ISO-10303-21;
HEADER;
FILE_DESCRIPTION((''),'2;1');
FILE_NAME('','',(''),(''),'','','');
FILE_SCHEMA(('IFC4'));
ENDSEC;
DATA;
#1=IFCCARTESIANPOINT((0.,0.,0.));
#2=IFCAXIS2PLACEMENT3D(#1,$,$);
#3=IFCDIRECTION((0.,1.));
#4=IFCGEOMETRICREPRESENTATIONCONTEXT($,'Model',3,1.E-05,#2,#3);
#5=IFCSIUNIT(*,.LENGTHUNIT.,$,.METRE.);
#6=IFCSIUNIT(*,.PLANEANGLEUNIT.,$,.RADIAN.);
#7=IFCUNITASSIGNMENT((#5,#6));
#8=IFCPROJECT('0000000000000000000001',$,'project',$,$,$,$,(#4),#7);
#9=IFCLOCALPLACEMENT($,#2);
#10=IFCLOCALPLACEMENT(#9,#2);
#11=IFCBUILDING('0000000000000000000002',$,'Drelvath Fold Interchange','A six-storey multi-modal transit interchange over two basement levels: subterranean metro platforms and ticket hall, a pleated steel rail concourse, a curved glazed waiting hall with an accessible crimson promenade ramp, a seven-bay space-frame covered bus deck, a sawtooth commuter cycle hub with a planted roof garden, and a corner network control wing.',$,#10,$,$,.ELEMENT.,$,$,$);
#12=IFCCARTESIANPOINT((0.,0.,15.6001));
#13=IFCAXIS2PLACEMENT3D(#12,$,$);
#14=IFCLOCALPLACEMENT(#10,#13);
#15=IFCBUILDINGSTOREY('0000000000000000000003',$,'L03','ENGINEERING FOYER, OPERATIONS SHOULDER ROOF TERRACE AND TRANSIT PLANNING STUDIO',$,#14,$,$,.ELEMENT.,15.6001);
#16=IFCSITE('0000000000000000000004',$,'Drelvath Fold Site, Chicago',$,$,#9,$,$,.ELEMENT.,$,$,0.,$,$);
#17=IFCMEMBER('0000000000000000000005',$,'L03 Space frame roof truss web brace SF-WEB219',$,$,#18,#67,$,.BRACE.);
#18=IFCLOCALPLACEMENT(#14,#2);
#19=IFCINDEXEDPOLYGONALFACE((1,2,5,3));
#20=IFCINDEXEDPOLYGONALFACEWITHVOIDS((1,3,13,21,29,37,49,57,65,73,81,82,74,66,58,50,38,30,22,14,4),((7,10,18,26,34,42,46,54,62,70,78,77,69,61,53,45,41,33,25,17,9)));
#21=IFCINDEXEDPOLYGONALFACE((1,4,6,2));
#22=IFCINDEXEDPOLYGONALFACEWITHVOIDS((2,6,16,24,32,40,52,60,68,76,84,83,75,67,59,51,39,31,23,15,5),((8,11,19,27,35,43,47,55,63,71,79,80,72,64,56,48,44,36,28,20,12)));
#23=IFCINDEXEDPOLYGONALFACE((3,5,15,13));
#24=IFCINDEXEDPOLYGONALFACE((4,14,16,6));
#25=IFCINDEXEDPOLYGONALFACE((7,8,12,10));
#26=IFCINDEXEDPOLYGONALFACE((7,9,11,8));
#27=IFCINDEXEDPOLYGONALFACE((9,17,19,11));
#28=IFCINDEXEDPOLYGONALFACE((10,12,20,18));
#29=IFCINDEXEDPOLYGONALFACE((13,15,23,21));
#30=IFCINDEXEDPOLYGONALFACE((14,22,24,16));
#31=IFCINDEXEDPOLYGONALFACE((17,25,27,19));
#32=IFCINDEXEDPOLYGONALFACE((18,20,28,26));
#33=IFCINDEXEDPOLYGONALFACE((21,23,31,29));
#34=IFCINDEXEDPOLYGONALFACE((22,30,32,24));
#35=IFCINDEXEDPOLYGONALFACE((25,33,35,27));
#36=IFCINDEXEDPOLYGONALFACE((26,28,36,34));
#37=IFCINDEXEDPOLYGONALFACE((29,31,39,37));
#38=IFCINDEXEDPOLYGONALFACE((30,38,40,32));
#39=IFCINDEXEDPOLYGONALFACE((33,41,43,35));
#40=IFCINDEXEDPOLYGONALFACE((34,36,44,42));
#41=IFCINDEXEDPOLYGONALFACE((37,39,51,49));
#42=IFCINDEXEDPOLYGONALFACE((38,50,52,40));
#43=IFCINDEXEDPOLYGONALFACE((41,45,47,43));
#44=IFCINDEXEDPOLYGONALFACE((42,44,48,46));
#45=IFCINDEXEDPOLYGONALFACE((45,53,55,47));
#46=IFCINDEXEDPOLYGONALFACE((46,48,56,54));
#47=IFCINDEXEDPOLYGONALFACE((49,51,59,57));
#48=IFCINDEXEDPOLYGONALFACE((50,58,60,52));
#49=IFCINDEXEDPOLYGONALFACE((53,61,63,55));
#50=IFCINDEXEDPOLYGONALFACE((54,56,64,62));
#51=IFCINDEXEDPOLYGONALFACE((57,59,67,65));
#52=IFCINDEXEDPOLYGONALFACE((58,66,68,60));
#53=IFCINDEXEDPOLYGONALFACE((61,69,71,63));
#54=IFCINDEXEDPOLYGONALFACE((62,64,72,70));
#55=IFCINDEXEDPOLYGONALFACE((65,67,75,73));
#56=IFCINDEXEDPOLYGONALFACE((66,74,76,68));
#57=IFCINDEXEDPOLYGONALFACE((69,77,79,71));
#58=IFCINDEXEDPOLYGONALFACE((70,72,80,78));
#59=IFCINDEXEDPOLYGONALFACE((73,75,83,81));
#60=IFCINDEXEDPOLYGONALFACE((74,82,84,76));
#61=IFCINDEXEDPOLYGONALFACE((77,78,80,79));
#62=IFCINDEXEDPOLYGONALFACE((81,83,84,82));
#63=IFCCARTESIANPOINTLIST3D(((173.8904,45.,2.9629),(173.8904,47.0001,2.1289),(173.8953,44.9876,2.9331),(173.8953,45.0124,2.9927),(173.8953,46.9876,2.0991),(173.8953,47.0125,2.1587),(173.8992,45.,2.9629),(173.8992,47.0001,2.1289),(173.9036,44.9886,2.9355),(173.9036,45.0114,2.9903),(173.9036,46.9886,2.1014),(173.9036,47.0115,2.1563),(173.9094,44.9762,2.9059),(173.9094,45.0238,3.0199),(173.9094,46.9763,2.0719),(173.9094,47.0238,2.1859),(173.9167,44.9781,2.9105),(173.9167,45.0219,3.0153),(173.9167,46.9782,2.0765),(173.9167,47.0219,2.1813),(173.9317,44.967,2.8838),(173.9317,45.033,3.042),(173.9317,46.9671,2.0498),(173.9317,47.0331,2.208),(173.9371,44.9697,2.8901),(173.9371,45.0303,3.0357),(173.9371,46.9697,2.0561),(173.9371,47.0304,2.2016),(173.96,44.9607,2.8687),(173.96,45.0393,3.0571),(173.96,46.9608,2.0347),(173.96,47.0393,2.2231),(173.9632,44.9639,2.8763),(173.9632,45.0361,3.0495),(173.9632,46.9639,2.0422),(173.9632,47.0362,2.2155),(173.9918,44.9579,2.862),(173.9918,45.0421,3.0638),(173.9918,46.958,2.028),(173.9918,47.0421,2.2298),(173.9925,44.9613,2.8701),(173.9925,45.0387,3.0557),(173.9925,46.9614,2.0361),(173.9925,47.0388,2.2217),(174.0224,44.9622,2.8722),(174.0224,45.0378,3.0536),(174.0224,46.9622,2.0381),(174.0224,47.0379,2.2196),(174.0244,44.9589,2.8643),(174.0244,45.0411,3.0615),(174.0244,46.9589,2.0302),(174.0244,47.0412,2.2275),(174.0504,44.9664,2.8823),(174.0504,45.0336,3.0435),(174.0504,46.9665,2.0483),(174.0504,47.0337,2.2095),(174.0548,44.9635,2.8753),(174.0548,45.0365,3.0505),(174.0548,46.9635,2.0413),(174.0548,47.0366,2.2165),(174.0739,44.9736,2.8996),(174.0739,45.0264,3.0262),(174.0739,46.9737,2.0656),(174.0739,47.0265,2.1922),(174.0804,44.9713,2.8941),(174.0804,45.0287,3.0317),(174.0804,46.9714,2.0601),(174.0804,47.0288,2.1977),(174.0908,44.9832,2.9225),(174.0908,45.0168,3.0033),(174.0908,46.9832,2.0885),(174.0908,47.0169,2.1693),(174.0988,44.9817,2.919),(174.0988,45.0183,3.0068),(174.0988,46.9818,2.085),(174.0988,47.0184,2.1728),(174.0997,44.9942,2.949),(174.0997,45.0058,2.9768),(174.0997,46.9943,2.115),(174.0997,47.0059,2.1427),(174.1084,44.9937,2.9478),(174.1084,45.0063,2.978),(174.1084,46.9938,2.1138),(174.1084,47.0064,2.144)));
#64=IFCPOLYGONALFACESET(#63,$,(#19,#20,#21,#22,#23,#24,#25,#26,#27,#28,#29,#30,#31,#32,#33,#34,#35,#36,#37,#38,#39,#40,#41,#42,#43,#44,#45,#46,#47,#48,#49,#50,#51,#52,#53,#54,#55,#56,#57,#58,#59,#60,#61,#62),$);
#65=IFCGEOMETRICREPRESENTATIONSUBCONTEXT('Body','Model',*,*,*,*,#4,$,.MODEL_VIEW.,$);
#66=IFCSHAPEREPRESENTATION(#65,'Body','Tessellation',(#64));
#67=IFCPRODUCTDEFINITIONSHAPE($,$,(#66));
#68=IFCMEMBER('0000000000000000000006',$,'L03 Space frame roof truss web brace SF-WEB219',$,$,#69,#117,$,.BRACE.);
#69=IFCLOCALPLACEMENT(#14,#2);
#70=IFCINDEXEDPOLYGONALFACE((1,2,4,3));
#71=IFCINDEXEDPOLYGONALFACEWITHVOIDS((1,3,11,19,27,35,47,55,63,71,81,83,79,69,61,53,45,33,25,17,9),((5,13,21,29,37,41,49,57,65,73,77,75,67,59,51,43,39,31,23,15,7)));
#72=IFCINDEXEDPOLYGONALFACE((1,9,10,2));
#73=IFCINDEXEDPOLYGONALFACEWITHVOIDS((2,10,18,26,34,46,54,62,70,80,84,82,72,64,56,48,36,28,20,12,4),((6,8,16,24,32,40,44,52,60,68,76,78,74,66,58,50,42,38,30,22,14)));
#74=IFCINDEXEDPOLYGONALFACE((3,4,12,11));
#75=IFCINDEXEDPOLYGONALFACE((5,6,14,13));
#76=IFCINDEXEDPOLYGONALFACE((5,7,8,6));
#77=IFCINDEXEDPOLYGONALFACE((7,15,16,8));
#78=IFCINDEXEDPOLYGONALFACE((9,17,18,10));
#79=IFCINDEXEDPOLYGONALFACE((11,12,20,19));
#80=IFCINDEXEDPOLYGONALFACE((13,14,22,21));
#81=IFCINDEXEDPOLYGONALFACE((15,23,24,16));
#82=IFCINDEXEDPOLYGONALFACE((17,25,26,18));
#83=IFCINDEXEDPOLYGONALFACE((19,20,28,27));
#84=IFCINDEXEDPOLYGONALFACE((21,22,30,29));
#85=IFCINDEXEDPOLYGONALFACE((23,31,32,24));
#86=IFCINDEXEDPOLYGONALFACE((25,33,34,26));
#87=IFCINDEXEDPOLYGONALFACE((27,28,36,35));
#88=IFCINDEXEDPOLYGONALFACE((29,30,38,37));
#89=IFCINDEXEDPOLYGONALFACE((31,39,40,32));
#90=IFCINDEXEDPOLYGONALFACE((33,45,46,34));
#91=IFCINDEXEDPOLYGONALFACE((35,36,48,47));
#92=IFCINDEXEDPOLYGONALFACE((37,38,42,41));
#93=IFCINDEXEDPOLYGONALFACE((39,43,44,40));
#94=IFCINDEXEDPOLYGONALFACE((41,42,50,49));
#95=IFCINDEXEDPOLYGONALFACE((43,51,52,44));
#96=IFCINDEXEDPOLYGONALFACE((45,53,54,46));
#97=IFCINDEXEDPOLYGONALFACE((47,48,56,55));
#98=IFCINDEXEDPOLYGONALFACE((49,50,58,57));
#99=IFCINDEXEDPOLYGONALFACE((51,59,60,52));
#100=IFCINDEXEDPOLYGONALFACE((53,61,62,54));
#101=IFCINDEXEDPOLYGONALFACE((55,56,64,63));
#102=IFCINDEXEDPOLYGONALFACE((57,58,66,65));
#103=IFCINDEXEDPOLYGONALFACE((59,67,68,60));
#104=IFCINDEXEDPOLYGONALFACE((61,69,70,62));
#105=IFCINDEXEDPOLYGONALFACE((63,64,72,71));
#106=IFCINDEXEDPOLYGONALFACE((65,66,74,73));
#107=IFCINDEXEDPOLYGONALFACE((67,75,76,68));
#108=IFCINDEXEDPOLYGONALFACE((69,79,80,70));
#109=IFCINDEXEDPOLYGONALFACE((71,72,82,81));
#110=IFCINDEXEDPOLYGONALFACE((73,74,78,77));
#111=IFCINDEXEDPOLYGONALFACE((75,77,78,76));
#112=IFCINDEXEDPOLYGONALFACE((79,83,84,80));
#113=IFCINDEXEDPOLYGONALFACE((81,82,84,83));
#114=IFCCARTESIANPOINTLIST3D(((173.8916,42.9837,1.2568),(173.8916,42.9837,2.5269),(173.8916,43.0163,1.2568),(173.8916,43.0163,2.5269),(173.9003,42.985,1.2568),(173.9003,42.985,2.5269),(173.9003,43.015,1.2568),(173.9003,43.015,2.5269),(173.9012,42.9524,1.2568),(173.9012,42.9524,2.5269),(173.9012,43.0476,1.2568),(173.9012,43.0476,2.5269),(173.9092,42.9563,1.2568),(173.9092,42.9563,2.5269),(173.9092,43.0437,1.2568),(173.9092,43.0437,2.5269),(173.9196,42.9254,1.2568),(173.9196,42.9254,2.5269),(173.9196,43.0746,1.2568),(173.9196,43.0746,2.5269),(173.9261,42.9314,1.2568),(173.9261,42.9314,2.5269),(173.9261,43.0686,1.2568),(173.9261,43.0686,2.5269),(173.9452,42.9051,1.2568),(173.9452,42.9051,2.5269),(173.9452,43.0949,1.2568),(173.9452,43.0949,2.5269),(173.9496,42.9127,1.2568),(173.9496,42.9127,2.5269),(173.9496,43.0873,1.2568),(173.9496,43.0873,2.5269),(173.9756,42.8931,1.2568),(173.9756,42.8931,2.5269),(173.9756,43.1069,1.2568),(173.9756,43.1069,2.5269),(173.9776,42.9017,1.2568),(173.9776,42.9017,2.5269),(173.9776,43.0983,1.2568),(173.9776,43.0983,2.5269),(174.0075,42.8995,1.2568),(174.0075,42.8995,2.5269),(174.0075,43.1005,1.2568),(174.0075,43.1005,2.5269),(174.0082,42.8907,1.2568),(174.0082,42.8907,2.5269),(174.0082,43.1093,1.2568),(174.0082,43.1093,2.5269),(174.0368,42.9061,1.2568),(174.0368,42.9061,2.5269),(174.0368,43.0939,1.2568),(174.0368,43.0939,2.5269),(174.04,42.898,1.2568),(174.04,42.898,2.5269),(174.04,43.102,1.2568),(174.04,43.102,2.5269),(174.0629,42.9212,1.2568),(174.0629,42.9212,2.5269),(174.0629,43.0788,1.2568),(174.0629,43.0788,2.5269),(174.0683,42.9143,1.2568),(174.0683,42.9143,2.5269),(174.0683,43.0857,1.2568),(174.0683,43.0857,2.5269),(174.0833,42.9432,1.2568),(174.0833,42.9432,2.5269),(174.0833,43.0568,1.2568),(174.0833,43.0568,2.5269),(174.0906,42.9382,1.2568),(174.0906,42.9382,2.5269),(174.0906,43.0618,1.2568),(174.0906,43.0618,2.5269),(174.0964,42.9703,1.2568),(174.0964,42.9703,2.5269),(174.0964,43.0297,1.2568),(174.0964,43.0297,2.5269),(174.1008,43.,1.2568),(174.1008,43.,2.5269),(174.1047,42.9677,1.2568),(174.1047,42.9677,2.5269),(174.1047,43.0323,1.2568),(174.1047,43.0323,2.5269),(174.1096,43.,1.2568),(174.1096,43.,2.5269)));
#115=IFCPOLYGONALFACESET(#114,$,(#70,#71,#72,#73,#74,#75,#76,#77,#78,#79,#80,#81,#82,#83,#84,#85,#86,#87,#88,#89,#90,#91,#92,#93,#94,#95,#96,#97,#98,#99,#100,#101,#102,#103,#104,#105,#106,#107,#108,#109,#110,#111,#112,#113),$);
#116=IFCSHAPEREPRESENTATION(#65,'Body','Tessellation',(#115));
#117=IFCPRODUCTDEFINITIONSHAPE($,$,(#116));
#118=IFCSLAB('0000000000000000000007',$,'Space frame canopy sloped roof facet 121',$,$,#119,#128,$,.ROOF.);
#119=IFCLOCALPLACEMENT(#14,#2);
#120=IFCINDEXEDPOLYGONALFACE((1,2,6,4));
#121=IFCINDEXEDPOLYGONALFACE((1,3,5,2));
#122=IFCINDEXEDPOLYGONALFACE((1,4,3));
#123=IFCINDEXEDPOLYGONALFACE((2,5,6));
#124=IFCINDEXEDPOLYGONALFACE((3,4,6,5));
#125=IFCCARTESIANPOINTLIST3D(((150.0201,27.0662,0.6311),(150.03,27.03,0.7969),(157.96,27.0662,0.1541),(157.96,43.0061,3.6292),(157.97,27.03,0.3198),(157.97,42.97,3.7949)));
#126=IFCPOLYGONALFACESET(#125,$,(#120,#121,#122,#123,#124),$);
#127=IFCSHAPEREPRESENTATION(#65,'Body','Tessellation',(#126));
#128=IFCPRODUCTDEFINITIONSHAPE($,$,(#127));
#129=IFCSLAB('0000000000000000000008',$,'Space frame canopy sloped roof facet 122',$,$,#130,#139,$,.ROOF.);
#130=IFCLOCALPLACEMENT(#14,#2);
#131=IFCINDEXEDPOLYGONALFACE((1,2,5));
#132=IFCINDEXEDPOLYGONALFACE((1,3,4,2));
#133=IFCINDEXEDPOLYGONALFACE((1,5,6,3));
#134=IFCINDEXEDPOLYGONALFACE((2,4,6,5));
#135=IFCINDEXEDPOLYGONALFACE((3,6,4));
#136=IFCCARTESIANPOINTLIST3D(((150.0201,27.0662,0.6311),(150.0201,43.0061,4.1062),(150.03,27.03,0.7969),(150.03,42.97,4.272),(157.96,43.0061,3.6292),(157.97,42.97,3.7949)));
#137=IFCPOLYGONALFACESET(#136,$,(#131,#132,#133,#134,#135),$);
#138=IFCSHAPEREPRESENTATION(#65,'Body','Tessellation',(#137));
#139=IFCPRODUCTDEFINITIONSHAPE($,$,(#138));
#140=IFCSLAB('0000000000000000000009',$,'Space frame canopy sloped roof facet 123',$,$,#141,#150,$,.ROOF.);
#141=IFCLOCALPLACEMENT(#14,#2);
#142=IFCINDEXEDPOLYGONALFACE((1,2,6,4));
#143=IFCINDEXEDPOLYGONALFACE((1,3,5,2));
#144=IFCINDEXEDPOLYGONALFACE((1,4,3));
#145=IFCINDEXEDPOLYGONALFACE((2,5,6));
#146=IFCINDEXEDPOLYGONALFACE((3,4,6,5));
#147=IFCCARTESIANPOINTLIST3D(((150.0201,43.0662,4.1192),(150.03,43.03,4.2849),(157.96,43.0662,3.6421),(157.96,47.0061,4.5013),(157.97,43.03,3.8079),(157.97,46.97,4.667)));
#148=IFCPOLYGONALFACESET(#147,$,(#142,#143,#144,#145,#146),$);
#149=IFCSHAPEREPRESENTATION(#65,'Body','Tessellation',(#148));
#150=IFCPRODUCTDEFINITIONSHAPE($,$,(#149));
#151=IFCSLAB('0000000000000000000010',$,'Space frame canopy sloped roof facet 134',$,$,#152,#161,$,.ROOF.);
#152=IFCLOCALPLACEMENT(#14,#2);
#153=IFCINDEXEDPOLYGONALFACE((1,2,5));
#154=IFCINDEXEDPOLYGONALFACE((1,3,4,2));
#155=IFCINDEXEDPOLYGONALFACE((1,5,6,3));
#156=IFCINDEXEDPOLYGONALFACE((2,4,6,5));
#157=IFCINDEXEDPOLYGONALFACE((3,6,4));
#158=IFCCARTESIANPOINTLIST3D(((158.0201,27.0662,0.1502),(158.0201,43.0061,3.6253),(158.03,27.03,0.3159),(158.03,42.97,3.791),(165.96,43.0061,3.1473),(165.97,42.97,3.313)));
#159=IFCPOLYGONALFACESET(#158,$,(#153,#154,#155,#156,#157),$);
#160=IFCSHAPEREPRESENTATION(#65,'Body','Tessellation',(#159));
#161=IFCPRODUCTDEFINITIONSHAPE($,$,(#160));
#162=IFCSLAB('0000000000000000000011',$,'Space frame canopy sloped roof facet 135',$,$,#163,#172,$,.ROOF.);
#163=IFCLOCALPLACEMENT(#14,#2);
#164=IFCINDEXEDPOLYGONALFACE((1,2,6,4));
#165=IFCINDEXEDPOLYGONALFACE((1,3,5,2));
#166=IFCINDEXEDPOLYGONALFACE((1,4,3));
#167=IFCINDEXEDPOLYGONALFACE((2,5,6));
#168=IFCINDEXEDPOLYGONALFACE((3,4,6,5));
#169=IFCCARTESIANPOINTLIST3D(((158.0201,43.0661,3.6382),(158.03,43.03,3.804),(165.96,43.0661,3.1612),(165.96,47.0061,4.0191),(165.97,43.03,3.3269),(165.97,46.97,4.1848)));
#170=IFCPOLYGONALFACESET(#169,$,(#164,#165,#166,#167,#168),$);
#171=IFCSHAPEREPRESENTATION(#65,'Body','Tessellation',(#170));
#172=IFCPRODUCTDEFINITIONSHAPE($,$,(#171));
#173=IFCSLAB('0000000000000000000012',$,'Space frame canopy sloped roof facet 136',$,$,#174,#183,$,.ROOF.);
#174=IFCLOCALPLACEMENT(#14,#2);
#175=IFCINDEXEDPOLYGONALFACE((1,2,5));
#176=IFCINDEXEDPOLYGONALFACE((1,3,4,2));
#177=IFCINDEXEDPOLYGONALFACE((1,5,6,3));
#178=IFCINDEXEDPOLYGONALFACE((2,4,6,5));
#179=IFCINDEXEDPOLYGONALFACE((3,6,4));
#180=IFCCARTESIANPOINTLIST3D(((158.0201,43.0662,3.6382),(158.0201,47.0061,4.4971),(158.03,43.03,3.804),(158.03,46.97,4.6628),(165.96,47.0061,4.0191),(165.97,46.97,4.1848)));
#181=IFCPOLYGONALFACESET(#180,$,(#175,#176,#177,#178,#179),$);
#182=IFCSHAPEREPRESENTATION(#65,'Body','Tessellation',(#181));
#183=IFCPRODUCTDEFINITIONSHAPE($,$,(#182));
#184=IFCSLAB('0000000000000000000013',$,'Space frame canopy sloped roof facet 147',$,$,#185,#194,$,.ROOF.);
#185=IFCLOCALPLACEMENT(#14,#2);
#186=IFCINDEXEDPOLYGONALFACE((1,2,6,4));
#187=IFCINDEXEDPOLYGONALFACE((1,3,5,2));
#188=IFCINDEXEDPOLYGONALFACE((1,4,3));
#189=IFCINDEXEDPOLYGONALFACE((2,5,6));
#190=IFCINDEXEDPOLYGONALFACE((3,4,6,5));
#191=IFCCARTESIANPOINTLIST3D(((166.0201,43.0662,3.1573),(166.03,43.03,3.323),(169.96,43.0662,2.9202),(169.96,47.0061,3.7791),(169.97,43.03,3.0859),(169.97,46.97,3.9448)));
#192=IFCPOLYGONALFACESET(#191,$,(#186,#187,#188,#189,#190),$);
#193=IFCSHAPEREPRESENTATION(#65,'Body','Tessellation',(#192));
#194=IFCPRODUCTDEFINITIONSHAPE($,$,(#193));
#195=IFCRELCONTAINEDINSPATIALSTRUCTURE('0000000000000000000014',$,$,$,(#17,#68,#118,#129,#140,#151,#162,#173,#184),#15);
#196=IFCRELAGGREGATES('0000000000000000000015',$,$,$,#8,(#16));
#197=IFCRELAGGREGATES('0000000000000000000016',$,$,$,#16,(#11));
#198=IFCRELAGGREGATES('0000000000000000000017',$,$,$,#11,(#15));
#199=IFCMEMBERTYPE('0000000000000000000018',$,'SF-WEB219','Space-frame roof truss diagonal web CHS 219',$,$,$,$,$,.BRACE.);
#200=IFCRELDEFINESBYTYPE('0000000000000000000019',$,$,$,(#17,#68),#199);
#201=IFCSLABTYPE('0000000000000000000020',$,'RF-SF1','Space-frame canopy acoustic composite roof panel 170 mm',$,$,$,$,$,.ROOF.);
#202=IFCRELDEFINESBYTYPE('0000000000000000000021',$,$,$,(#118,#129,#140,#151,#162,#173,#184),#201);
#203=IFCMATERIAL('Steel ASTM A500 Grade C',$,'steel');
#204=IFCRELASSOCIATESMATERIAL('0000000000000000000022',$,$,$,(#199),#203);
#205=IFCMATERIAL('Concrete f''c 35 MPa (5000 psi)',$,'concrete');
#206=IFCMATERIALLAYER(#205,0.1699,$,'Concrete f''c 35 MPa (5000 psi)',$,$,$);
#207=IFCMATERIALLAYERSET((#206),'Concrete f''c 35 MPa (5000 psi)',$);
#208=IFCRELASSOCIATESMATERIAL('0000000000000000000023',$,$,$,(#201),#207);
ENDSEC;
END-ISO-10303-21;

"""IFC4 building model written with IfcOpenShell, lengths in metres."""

from ifc_helpers import new_model, si_unit, direction, frame, origin, origin_2d, place, context, subcontext, project, spatial, polyline, hollow_circle, outline, extrude, material, layer, layer_set, material_profile, profile_set, type_object, element, save


model = new_model("IFC4")

# Units and contexts
model_context = context("Model", 3, precision=1e-05, world=origin(), true_north=direction((0.0, 1.0)))
body_context = subcontext(model_context, "Body", "Model", "MODEL_VIEW")
ifc_project = project(units=[si_unit("LENGTHUNIT", "METRE"), si_unit("PLANEANGLEUNIT", "RADIAN")], contexts=[model_context])

# Site, building, storey
site_placement = place(None, origin())
site = spatial("IfcSite", under=ifc_project, at=site_placement, Name="Drelvath Fold Site, Chicago", CompositionType="ELEMENT", RefElevation=0.0)
building_placement = place(site_placement, origin())
building = spatial("IfcBuilding", under=site, at=building_placement, Name="Drelvath Fold Interchange", Description="A six-storey multi-modal transit interchange over two basement levels: subterranean metro platforms and ticket hall, a pleated steel rail concourse, a curved glazed waiting hall with an accessible crimson promenade ramp, a seven-bay space-frame covered bus deck, a sawtooth commuter cycle hub with a planted roof garden, and a corner network control wing.", CompositionType="ELEMENT")
storey_placement = place(building_placement, frame((0.0, 0.0, 15.6001)))
storey = spatial("IfcBuildingStorey", under=building, at=storey_placement, Name="L03", Description="ENGINEERING FOYER, OPERATIONS SHOULDER ROOF TERRACE AND TRANSIT PLANNING STUDIO", CompositionType="ELEMENT", Elevation=15.6001)

# Shared definitions
ifc_material_1 = material(Name="Steel ASTM A500 Grade C", Category="steel")

# Members
ifc_material_profile_1 = material_profile(ifc_material_1, hollow_circle(Radius=0.1096, WallThickness=0.0088, at=origin_2d()), Name="HSS8.625X0.375")
ifc_profile_set_1 = profile_set([ifc_material_profile_1], Name="Steel ASTM A500 Grade C")
member_type_1 = type_object("IfcMemberType", Name="SF-WEB219", Description="Space-frame roof truss diagonal web CHS 219", PredefinedType="BRACE", material=ifc_profile_set_1)
member_1_placement = place(storey_placement, frame((174.0, 45.0, 2.9629), z_axis=(0.0, 0.92297, -0.384871), x_axis=(-1.0, 0.0, 0.0)))
element("IfcMember", 1, at=member_1_placement, inside=storey, type_object=member_type_1, Name="L03 Space frame roof truss web brace SF-WEB219", PredefinedType="BRACE", context=body_context, shape_type="SweptSolid", body=[
    extrude(hollow_circle(Radius=0.1096, WallThickness=0.0088, at=origin_2d()), origin(), (0.0, 0.0, 1.0), 2.167),
])
member_2_placement = place(storey_placement, frame((174.0, 43.0, 1.2568), z_axis=(0.0, 0.0, 1.0), x_axis=(1.0, 0.0, 0.0)))
element("IfcMember", 2, at=member_2_placement, inside=storey, type_object=member_type_1, Name="L03 Space frame roof truss web brace SF-WEB219", PredefinedType="BRACE", context=body_context, shape_type="SweptSolid", body=[
    extrude(hollow_circle(Radius=0.1096, WallThickness=0.0088, at=origin_2d()), origin(), (0.0, 0.0, 1.0), 1.27),
])

# Slabs
ifc_material_2 = material(Name="Concrete f'c 35 MPa (5000 psi)", Category="concrete")
ifc_layer_1 = layer(ifc_material_2, 0.1699, Name="Concrete f'c 35 MPa (5000 psi)")
ifc_layer_set_1 = layer_set([ifc_layer_1], Name="Concrete f'c 35 MPa (5000 psi)")
slab_type = type_object("IfcSlabType", Name="RF-SF1", Description="Space-frame canopy acoustic composite roof panel 170 mm", PredefinedType="ROOF", material=ifc_layer_set_1)
slab_1_placement = place(storey_placement, frame((150.03, 27.03, 0.7969), z_axis=(0.058603, -0.212643, 0.975371), x_axis=(0.9982, 0.0, -0.059974)))
element("IfcSlab", 3, at=slab_1_placement, inside=storey, type_object=slab_type, Name="Space frame canopy sloped roof facet 121", PredefinedType="ROOF", context=body_context, shape_type="SweptSolid", body=[
    extrude(outline(polyline([(0.0, 0.0), (7.9543, 0.0), (7.7458, 16.313), (0.0, 0.0)])), origin(), (0.0, 0.0, -1.0), 0.1699),
])
slab_2_placement = place(storey_placement, frame((150.03, 27.03, 0.7969), z_axis=(0.058603, -0.212643, 0.975371), x_axis=(0.439677, 0.882679, 0.166018)))
element("IfcSlab", 4, at=slab_2_placement, inside=storey, type_object=slab_type, Name="Space frame canopy sloped roof facet 122", PredefinedType="ROOF", context=body_context, shape_type="SweptSolid", body=[
    extrude(outline(polyline([(0.0, 0.0), (18.0586, 0.0), (14.6468, 7.1854), (0.0, 0.0)])), origin(), (0.0, 0.0, -1.0), 0.1699),
])
slab_3_placement = place(storey_placement, frame((150.03, 43.03, 4.2849), z_axis=(0.058602, -0.212684, 0.975362), x_axis=(0.9982, 0.0, -0.059974)))
element("IfcSlab", 5, at=slab_3_placement, inside=storey, type_object=slab_type, Name="Space frame canopy sloped roof facet 123", PredefinedType="ROOF", context=body_context, shape_type="SweptSolid", body=[
    extrude(outline(polyline([(0.0, 0.0), (7.9543, 0.0), (7.9027, 4.0322), (0.0, 0.0)])), origin(), (0.0, 0.0, -1.0), 0.1699),
])
slab_4_placement = place(storey_placement, frame((158.03, 27.03, 0.3159), z_axis=(0.058722, -0.212641, 0.975364), x_axis=(0.439681, 0.882687, 0.165965)))
element("IfcSlab", 6, at=slab_4_placement, inside=storey, type_object=slab_type, Name="Space frame canopy sloped roof facet 134", PredefinedType="ROOF", context=body_context, shape_type="SweptSolid", body=[
    extrude(outline(polyline([(0.0, 0.0), (18.0584, 0.0), (14.6467, 7.1855), (0.0, 0.0)])), origin(), (0.0, 0.0, -1.0), 0.1699),
])
slab_5_placement = place(storey_placement, frame((158.03, 43.03, 3.804), z_axis=(0.058606, -0.212396, 0.975425), x_axis=(0.9982, 0.0, -0.059974)))
element("IfcSlab", 7, at=slab_5_placement, inside=storey, type_object=slab_type, Name="Space frame canopy sloped roof facet 135", PredefinedType="ROOF", context=body_context, shape_type="SweptSolid", body=[
    extrude(outline(polyline([(0.0, 0.0), (7.9543, 0.0), (7.9028, 4.0319), (0.0, 0.0)])), origin(), (0.0, 0.0, -1.0), 0.1699),
])
slab_6_placement = place(storey_placement, frame((158.03, 43.03, 3.804), z_axis=(0.058722, -0.212625, 0.975368), x_axis=(0.894952, 0.444091, 0.042929)))
element("IfcSlab", 8, at=slab_6_placement, inside=storey, type_object=slab_type, Name="Space frame canopy sloped roof facet 136", PredefinedType="ROOF", context=body_context, shape_type="SweptSolid", body=[
    extrude(outline(polyline([(0.0, 0.0), (8.8719, 0.0), (1.7866, 3.6151), (0.0, 0.0)])), origin(), (0.0, 0.0, -1.0), 0.1699),
])
slab_7_placement = place(storey_placement, frame((166.03, 43.03, 3.323), z_axis=(0.058687, -0.212626, 0.97537), x_axis=(0.998195, 0.0, -0.06006)))
element("IfcSlab", 9, at=slab_7_placement, inside=storey, type_object=slab_type, Name="Space frame canopy sloped roof facet 147", PredefinedType="ROOF", context=body_context, shape_type="SweptSolid", body=[
    extrude(outline(polyline([(0.0, 0.0), (3.9471, 0.0), (3.8955, 4.0321), (0.0, 0.0)])), origin(), (0.0, 0.0, -1.0), 0.1699),
])

save(model, "model.ifc")
